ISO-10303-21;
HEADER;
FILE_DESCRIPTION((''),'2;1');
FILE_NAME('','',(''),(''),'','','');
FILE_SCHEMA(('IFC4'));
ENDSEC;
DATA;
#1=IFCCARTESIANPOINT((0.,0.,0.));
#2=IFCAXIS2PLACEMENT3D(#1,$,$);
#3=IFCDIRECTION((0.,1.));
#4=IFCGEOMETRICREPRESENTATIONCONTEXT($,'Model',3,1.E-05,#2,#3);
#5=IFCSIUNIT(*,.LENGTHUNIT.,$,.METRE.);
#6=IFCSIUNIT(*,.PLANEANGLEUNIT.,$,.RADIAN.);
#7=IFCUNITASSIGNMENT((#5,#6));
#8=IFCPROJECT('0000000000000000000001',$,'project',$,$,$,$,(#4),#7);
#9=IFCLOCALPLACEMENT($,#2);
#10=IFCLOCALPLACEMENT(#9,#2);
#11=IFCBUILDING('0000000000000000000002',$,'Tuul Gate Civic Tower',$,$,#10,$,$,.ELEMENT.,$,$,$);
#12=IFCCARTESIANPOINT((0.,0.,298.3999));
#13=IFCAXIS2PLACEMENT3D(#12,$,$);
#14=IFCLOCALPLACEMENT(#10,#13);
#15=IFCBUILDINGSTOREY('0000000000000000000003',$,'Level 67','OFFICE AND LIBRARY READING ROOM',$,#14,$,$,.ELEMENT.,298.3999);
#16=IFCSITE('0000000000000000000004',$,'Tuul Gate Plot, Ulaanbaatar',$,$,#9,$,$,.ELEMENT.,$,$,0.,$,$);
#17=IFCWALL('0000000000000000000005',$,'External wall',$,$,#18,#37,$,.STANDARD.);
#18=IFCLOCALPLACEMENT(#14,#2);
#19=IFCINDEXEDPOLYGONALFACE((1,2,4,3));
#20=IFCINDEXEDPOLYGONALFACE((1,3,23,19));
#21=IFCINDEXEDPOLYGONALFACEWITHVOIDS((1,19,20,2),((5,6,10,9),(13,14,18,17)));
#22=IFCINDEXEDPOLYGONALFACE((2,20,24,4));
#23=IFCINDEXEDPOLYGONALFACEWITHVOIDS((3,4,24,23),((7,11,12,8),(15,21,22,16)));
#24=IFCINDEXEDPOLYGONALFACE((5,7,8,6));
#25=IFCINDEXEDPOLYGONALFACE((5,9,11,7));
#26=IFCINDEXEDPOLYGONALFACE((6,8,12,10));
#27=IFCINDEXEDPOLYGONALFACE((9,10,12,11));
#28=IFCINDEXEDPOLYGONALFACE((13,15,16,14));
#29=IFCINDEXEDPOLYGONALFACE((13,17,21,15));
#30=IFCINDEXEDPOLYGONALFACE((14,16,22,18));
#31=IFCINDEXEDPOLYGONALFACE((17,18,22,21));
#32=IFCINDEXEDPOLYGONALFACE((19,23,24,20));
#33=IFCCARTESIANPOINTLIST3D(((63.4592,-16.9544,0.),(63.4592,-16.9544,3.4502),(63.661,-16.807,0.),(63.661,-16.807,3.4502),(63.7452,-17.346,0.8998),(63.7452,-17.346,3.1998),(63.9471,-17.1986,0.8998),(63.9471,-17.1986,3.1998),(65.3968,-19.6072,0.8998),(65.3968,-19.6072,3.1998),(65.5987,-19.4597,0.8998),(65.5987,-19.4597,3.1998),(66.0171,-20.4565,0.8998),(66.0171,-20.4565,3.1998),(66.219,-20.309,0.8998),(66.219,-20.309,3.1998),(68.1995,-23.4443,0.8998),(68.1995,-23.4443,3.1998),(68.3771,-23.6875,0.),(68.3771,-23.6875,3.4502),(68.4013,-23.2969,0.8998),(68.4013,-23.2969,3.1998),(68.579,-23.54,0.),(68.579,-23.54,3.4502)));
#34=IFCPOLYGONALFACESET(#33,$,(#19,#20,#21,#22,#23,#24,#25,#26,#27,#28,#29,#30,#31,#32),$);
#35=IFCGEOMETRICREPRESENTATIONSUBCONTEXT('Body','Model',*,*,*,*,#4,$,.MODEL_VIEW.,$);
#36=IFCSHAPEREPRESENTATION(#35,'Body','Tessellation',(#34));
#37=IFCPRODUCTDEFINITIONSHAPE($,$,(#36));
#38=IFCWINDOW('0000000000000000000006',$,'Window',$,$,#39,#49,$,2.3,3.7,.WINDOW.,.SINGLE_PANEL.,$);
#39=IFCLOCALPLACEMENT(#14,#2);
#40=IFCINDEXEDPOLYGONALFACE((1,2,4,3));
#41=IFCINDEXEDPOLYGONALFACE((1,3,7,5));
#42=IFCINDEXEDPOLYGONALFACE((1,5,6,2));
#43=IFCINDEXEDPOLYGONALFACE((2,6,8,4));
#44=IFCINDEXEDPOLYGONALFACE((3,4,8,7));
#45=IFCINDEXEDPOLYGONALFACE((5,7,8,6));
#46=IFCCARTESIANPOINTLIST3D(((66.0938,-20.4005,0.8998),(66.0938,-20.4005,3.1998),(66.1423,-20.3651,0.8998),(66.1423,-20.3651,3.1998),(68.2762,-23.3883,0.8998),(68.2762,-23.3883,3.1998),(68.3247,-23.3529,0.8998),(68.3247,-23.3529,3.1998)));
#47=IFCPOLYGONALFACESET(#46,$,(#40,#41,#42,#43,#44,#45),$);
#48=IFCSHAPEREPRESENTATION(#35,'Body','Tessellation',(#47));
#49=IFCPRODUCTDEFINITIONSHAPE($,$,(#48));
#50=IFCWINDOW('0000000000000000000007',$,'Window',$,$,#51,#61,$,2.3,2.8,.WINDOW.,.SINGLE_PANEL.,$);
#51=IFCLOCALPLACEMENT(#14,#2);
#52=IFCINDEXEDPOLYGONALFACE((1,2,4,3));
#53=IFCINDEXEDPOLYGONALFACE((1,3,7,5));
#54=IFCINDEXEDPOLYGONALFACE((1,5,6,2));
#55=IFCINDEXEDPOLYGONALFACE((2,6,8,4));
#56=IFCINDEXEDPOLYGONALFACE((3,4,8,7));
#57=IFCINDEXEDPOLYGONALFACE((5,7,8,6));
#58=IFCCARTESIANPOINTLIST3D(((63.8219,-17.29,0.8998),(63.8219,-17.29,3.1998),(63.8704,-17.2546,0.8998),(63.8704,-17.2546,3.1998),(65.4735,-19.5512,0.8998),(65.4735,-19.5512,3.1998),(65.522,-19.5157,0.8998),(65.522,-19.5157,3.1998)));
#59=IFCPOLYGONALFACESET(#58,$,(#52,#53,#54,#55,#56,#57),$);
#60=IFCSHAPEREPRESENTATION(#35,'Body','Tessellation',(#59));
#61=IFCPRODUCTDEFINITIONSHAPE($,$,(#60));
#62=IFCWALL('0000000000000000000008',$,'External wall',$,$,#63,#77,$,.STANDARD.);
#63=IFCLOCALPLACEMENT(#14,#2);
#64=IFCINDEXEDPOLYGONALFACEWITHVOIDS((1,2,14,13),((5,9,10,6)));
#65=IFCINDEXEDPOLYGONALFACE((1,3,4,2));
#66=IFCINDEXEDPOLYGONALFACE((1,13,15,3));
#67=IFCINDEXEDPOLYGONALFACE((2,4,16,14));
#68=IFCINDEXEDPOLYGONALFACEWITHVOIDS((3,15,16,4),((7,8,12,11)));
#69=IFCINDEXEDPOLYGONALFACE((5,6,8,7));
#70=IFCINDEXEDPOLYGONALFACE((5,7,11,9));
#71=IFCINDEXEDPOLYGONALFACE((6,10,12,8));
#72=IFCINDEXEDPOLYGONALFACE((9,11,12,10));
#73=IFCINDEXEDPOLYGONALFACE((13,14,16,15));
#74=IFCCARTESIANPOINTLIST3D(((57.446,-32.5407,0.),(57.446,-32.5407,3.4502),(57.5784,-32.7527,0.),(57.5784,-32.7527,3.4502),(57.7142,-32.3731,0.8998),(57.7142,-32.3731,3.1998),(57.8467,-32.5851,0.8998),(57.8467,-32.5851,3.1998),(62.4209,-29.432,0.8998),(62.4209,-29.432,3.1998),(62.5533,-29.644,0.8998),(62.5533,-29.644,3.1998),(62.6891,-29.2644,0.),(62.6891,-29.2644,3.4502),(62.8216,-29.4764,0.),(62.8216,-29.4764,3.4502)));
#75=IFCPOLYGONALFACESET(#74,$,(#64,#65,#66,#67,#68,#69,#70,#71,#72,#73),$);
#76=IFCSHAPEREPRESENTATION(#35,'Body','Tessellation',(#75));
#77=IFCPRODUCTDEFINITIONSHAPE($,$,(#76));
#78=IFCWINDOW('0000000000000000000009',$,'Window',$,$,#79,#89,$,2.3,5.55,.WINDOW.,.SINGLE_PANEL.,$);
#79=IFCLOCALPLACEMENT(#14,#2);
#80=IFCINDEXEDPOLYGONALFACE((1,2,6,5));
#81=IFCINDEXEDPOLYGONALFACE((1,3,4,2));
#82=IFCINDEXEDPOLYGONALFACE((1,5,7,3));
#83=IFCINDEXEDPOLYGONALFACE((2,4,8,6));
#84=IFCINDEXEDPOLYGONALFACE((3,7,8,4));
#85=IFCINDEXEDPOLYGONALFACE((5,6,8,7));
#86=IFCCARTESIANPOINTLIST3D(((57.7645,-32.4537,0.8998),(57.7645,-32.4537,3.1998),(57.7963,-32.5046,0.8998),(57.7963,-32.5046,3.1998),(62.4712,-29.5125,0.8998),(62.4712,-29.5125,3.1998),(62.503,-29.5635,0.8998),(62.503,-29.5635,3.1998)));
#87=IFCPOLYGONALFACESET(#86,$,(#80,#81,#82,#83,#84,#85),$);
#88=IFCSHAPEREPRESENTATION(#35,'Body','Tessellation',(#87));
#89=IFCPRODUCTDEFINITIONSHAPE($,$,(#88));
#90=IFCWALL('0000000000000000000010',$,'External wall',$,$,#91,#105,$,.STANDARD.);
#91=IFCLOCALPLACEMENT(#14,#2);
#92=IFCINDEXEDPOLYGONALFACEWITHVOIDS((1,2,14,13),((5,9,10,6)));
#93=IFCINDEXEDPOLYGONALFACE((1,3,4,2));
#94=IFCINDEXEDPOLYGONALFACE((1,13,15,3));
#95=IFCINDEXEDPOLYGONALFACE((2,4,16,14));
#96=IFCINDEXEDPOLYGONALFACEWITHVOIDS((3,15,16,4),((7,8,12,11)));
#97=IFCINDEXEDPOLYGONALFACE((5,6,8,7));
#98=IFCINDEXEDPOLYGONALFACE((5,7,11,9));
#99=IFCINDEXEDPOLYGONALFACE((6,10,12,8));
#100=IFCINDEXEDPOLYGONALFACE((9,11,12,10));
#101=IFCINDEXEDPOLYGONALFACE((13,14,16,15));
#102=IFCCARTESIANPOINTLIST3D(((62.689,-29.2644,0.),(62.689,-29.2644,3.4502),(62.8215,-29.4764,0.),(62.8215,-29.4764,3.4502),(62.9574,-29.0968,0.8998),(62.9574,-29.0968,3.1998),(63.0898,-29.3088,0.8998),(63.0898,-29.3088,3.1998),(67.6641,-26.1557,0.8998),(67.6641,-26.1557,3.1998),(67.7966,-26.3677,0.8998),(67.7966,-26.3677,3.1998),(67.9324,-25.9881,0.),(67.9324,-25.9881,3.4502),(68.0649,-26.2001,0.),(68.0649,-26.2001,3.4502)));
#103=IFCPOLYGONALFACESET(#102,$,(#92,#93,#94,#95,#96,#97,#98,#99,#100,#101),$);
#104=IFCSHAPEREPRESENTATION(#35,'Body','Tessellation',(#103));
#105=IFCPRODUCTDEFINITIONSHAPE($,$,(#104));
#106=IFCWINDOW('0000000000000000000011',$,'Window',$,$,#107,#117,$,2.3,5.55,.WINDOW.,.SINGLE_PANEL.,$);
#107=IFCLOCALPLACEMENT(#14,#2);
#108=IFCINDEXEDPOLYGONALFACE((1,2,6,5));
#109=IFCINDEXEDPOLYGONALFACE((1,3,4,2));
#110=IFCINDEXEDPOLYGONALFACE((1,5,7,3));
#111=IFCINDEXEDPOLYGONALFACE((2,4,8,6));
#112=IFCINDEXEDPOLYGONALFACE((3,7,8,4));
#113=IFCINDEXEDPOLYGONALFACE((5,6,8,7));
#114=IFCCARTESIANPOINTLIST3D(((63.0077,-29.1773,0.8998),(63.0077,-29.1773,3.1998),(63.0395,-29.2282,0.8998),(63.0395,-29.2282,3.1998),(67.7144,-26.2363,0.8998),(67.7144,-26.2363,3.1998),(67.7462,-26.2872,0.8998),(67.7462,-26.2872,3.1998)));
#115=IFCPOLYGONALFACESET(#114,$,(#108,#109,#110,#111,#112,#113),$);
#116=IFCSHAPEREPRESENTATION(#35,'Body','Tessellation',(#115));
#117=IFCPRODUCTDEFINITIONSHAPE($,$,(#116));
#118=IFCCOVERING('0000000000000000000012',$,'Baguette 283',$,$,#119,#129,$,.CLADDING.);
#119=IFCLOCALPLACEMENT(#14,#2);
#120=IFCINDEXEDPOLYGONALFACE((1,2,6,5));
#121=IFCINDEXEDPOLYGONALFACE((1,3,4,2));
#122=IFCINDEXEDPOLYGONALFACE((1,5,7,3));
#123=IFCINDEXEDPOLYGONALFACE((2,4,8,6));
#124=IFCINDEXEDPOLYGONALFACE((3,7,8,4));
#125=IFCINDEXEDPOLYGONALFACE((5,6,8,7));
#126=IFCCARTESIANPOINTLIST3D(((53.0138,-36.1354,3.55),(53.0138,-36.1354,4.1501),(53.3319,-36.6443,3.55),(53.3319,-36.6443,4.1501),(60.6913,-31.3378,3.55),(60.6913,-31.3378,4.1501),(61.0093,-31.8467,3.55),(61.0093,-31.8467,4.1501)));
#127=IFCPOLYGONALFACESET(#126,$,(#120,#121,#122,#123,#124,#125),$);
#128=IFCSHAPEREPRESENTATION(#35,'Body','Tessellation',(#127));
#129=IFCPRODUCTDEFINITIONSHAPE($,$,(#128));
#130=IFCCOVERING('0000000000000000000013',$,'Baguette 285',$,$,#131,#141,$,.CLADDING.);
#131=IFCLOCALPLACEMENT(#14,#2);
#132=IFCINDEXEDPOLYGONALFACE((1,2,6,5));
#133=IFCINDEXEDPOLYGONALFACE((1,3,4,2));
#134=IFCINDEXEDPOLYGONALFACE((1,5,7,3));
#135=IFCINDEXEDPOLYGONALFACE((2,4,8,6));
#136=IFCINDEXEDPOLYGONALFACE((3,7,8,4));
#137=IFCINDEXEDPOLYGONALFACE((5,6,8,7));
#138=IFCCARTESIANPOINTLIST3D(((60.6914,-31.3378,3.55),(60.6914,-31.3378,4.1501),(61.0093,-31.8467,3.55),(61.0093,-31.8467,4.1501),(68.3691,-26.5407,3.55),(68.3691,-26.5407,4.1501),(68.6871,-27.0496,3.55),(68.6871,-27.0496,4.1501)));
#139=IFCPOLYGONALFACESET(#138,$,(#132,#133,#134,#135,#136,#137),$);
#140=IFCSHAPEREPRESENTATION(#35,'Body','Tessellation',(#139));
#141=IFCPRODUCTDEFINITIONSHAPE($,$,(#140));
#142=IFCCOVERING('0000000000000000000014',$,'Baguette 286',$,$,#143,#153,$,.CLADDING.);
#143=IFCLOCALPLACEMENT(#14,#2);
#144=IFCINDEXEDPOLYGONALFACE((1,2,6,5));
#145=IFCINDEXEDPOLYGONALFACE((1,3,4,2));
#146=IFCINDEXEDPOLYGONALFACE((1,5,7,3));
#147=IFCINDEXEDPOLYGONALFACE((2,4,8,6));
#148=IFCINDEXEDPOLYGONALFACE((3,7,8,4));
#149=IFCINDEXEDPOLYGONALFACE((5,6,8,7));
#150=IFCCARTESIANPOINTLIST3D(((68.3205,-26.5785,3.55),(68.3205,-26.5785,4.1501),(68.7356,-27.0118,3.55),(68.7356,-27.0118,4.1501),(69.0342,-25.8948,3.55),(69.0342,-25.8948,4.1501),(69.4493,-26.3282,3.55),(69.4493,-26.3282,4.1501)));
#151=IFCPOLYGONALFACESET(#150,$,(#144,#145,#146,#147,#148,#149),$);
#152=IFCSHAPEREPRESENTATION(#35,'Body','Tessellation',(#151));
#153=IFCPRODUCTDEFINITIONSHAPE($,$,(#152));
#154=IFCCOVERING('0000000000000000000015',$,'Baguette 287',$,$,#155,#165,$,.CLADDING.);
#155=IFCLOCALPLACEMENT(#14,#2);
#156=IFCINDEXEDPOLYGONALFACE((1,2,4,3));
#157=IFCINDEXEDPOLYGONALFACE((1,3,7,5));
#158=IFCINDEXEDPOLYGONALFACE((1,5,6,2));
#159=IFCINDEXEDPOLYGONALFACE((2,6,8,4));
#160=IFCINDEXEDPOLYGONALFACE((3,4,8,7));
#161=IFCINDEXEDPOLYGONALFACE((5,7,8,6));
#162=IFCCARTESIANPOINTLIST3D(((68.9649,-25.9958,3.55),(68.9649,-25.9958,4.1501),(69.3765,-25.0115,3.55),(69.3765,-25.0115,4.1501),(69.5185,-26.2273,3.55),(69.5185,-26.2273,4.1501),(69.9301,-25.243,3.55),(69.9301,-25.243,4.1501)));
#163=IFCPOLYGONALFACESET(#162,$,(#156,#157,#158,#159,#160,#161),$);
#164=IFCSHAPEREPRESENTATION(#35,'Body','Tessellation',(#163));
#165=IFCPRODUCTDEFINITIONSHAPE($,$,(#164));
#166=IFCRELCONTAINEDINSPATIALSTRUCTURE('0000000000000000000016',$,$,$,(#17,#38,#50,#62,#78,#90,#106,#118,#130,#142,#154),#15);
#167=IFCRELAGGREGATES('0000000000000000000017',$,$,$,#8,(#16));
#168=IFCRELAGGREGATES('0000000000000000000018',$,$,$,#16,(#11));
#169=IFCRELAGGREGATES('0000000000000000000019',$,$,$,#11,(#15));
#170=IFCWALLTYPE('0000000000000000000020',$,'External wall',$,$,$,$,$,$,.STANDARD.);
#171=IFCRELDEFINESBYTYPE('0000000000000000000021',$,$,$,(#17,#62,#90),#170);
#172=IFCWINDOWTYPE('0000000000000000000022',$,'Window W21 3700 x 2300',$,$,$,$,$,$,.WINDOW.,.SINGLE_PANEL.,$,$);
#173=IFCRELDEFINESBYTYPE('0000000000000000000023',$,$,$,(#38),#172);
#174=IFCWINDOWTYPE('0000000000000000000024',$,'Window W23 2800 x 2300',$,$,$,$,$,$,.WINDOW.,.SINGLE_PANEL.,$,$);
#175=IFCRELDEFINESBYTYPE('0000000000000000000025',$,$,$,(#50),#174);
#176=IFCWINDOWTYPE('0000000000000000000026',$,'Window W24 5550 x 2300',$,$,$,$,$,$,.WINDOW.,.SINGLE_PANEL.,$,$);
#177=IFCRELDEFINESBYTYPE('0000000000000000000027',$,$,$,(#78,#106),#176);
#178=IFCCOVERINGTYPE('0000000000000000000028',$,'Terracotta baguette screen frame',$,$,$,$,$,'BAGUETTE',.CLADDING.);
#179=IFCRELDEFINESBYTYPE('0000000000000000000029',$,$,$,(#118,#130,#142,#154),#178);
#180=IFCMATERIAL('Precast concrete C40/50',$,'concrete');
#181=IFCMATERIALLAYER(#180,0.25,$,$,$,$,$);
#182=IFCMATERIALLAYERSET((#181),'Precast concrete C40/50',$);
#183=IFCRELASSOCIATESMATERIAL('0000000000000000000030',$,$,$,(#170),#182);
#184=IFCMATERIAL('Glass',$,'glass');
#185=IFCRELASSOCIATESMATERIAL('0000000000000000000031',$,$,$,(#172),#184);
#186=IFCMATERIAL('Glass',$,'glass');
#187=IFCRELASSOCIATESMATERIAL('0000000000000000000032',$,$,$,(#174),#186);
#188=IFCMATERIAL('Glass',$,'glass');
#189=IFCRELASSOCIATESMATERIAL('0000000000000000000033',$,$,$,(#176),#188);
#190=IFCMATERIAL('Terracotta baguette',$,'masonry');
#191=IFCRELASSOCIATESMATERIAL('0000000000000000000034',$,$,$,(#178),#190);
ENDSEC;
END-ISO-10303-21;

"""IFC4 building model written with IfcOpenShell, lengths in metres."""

from ifc_helpers import new_model, si_unit, direction, frame, frame_2d, origin, origin_2d, place, context, subcontext, project, spatial, rectangle, extrude, material, layer, layer_set, material_profile, profile_set, type_object, element, fill, save


model = new_model("IFC4")

# Units and contexts
model_context = context("Model", 3, precision=1e-05, world=origin(), true_north=direction((0.0, 1.0)))
body_context = subcontext(model_context, "Body", "Model", "MODEL_VIEW")
ifc_project = project(units=[si_unit("LENGTHUNIT", "METRE"), si_unit("PLANEANGLEUNIT", "RADIAN")], contexts=[model_context])

# Site, building, storey
site_placement = place(None, origin())
site = spatial("IfcSite", under=ifc_project, at=site_placement, Name="Tuul Gate Plot, Ulaanbaatar", CompositionType="ELEMENT", RefElevation=0.0)
building_placement = place(site_placement, origin())
building = spatial("IfcBuilding", under=site, at=building_placement, Name="Tuul Gate Civic Tower", CompositionType="ELEMENT")
storey_placement = place(building_placement, frame((0.0, 0.0, 298.3999)))
storey = spatial("IfcBuildingStorey", under=building, at=storey_placement, Name="Level 67", Description="OFFICE AND LIBRARY READING ROOM", CompositionType="ELEMENT", Elevation=298.3999)

# Shared definitions
ifc_material_1 = material(Name="Precast concrete C40/50", Category="concrete")
ifc_layer_1 = layer(ifc_material_1, 0.25)
ifc_layer_set_1 = layer_set([ifc_layer_1], Name="Precast concrete C40/50")
wall_type_1 = type_object("IfcWallType", Name="External wall", PredefinedType="STANDARD", material=ifc_layer_set_1)

# Wall, openings, windows
wall_1_placement = place(storey_placement, frame((68.478, -23.6138, 0.0), z_axis=(0.0, 0.0, 1.0), x_axis=(-0.589828, 0.807529, 0.0)))
wall_1 = element("IfcWall", 1, at=wall_1_placement, inside=storey, type_object=wall_type_1, Name="External wall", PredefinedType="STANDARD", context=body_context, shape_type="SweptSolid", body=[
    extrude(rectangle(XDim=8.3379, YDim=0.25, at=frame_2d((4.1689, 0.0))), origin(), (0.0, 0.0, 1.0), 3.4502),
])
opening_1_placement = place(wall_1_placement, frame((0.301, 0.0, 0.8999)))
opening_1 = element("IfcOpeningElement", 2, at=opening_1_placement, cuts=wall_1, PredefinedType="OPENING", context=body_context, shape_type="SweptSolid", body=[
    extrude(rectangle(XDim=3.7, YDim=2.3, at=frame_2d((1.8501, 1.1499))), frame((0.0, 0.135, 0.0), z_axis=(0.0, -1.0, 0.0), x_axis=(1.0, 0.0, 0.0)), (0.0, 0.0, 1.0), 0.27),
])
opening_2_placement = place(wall_1_placement, frame((5.053, 0.0, 0.8999)))
opening_2 = element("IfcOpeningElement", 3, at=opening_2_placement, cuts=wall_1, PredefinedType="OPENING", context=body_context, shape_type="SweptSolid", body=[
    extrude(rectangle(XDim=2.8, YDim=2.3, at=frame_2d((1.3999, 1.1499))), frame((0.0, 0.135, 0.0), z_axis=(0.0, -1.0, 0.0), x_axis=(1.0, 0.0, 0.0)), (0.0, 0.0, 1.0), 0.27),
])
ifc_material_2 = material(Name="Glass", Category="glass")
window_type_1 = type_object("IfcWindowType", Name="Window W21 3700 x 2300", PartitioningType="SINGLE_PANEL", PredefinedType="WINDOW", material=ifc_material_2)
window_1_placement = place(opening_1_placement, origin())
window_1 = element("IfcWindow", 4, at=window_1_placement, inside=storey, type_object=window_type_1, Name="Window", OverallHeight=2.3, OverallWidth=3.7, PartitioningType="SINGLE_PANEL", PredefinedType="WINDOW", context=body_context, shape_type="SweptSolid", body=[
    extrude(rectangle(XDim=3.7, YDim=2.3, at=frame_2d((1.8501, 1.1499))), frame((0.0, 0.03, 0.0), z_axis=(0.0, -1.0, 0.0), x_axis=(1.0, 0.0, 0.0)), (0.0, 0.0, 1.0), 0.0601),
])
fill(opening_1, window_1)
ifc_material_3 = material(Name="Glass", Category="glass")
window_type_2 = type_object("IfcWindowType", Name="Window W23 2800 x 2300", PartitioningType="SINGLE_PANEL", PredefinedType="WINDOW", material=ifc_material_3)
window_2_placement = place(opening_2_placement, origin())
window_2 = element("IfcWindow", 5, at=window_2_placement, inside=storey, type_object=window_type_2, Name="Window", OverallHeight=2.3, OverallWidth=2.8, PartitioningType="SINGLE_PANEL", PredefinedType="WINDOW", context=body_context, shape_type="SweptSolid", body=[
    extrude(rectangle(XDim=2.8, YDim=2.3, at=frame_2d((1.3999, 1.1499))), frame((0.0, 0.03, 0.0), z_axis=(0.0, -1.0, 0.0), x_axis=(1.0, 0.0, 0.0)), (0.0, 0.0, 1.0), 0.0601),
])
fill(opening_2, window_2)

# Walls, openings, windows
wall_2_placement = place(storey_placement, frame((57.5122, -32.6467, 0.0), z_axis=(0.0, 0.0, 1.0), x_axis=(0.848043, 0.529928, 0.0)))
wall_2 = element("IfcWall", 6, at=wall_2_placement, inside=storey, type_object=wall_type_1, Name="External wall", PredefinedType="STANDARD", context=body_context, shape_type="SweptSolid", body=[
    extrude(rectangle(XDim=6.1826, YDim=0.25, at=frame_2d((3.0913, 0.0))), origin(), (0.0, 0.0, 1.0), 3.4502),
])
opening_3_placement = place(wall_2_placement, frame((0.3164, 0.0, 0.8999)))
opening_3 = element("IfcOpeningElement", 7, at=opening_3_placement, cuts=wall_2, PredefinedType="OPENING", context=body_context, shape_type="SweptSolid", body=[
    extrude(rectangle(XDim=5.55, YDim=2.3, at=frame_2d((2.7749, 1.1499))), frame((0.0, 0.135, 0.0), z_axis=(0.0, -1.0, 0.0), x_axis=(1.0, 0.0, 0.0)), (0.0, 0.0, 1.0), 0.27),
])
ifc_material_4 = material(Name="Glass", Category="glass")
window_type_3 = type_object("IfcWindowType", Name="Window W24 5550 x 2300", PartitioningType="SINGLE_PANEL", PredefinedType="WINDOW", material=ifc_material_4)
window_3_placement = place(opening_3_placement, origin())
window_3 = element("IfcWindow", 8, at=window_3_placement, inside=storey, type_object=window_type_3, Name="Window", OverallHeight=2.3, OverallWidth=5.55, PartitioningType="SINGLE_PANEL", PredefinedType="WINDOW", context=body_context, shape_type="SweptSolid", body=[
    extrude(rectangle(XDim=5.55, YDim=2.3, at=frame_2d((2.7749, 1.1499))), frame((0.0, 0.03, 0.0), z_axis=(0.0, -1.0, 0.0), x_axis=(1.0, 0.0, 0.0)), (0.0, 0.0, 1.0), 0.0601),
])
fill(opening_3, window_3)
wall_3_placement = place(storey_placement, frame((62.7554, -29.3704, 0.0), z_axis=(0.0, 0.0, 1.0), x_axis=(0.848054, 0.52991, 0.0)))
wall_3 = element("IfcWall", 9, at=wall_3_placement, inside=storey, type_object=wall_type_1, Name="External wall", PredefinedType="STANDARD", context=body_context, shape_type="SweptSolid", body=[
    extrude(rectangle(XDim=6.1829, YDim=0.25, at=frame_2d((3.0913, 0.0))), origin(), (0.0, 0.0, 1.0), 3.4502),
])
opening_4_placement = place(wall_3_placement, frame((0.3164, 0.0, 0.8999)))
opening_4 = element("IfcOpeningElement", 10, at=opening_4_placement, cuts=wall_3, PredefinedType="OPENING", context=body_context, shape_type="SweptSolid", body=[
    extrude(rectangle(XDim=5.55, YDim=2.3, at=frame_2d((2.7749, 1.1499))), frame((0.0, 0.135, 0.0), z_axis=(0.0, -1.0, 0.0), x_axis=(1.0, 0.0, 0.0)), (0.0, 0.0, 1.0), 0.27),
])
window_4_placement = place(opening_4_placement, origin())
window_4 = element("IfcWindow", 11, at=window_4_placement, inside=storey, type_object=window_type_3, Name="Window", OverallHeight=2.3, OverallWidth=5.55, PartitioningType="SINGLE_PANEL", PredefinedType="WINDOW", context=body_context, shape_type="SweptSolid", body=[
    extrude(rectangle(XDim=5.55, YDim=2.3, at=frame_2d((2.7749, 1.1499))), frame((0.0, 0.03, 0.0), z_axis=(0.0, -1.0, 0.0), x_axis=(1.0, 0.0, 0.0)), (0.0, 0.0, 1.0), 0.0601),
])
fill(opening_4, window_4)

# Coverings
ifc_material_5 = material(Name="Terracotta baguette", Category="masonry")
ifc_material_profile_1 = material_profile(ifc_material_5, rectangle(XDim=0.6001, YDim=0.6001, at=origin_2d()), Name="Terracotta baguette screen frame")
ifc_profile_set_1 = profile_set([ifc_material_profile_1], Name="Terracotta baguette")
covering_type = type_object("IfcCoveringType", Name="Terracotta baguette screen frame", ElementType="BAGUETTE", PredefinedType="CLADDING", material=ifc_profile_set_1)
for number, where, z_axis, x_axis, name in (
    (12, (53.1729, -36.3899, 3.8501), (0.848039, 0.529933, 0.0), (-0.529933, 0.848039, 0.0), "Baguette 283"),
    (13, (60.8503, -31.5923, 3.8501), (0.848071, 0.529883, 0.0), (-0.529883, 0.848071, 0.0), "Baguette 285"),
):
    element("IfcCovering", number, at=place(storey_placement, frame(where, z_axis=z_axis, x_axis=x_axis)), inside=storey, type_object=covering_type, Name=name, PredefinedType="CLADDING", context=body_context, shape_type="SweptSolid", body=[
        extrude(rectangle(XDim=0.6001, YDim=0.6001, at=origin_2d()), origin(), (0.0, 0.0, 1.0), 9.0532),
    ])
covering_1_placement = place(storey_placement, frame((68.5281, -26.7952, 3.8501), z_axis=(0.722137, 0.69175, 0.0), x_axis=(-0.69175, 0.722137, 0.0)))
element("IfcCovering", 14, at=covering_1_placement, inside=storey, type_object=covering_type, Name="Baguette 286", PredefinedType="CLADDING", context=body_context, shape_type="SweptSolid", body=[
    extrude(rectangle(XDim=0.6001, YDim=0.6001, at=origin_2d()), origin(), (0.0, 0.0, 1.0), 0.9883),
])
covering_2_placement = place(storey_placement, frame((69.2417, -26.1116, 3.8501), z_axis=(0.385785, 0.922589, 0.0), x_axis=(-0.922589, 0.385785, 0.0)))
element("IfcCovering", 15, at=covering_2_placement, inside=storey, type_object=covering_type, Name="Baguette 287", PredefinedType="CLADDING", context=body_context, shape_type="SweptSolid", body=[
    extrude(rectangle(XDim=0.6001, YDim=0.6001, at=origin_2d()), origin(), (0.0, 0.0, 1.0), 1.0669),
])

save(model, "model.ifc")
